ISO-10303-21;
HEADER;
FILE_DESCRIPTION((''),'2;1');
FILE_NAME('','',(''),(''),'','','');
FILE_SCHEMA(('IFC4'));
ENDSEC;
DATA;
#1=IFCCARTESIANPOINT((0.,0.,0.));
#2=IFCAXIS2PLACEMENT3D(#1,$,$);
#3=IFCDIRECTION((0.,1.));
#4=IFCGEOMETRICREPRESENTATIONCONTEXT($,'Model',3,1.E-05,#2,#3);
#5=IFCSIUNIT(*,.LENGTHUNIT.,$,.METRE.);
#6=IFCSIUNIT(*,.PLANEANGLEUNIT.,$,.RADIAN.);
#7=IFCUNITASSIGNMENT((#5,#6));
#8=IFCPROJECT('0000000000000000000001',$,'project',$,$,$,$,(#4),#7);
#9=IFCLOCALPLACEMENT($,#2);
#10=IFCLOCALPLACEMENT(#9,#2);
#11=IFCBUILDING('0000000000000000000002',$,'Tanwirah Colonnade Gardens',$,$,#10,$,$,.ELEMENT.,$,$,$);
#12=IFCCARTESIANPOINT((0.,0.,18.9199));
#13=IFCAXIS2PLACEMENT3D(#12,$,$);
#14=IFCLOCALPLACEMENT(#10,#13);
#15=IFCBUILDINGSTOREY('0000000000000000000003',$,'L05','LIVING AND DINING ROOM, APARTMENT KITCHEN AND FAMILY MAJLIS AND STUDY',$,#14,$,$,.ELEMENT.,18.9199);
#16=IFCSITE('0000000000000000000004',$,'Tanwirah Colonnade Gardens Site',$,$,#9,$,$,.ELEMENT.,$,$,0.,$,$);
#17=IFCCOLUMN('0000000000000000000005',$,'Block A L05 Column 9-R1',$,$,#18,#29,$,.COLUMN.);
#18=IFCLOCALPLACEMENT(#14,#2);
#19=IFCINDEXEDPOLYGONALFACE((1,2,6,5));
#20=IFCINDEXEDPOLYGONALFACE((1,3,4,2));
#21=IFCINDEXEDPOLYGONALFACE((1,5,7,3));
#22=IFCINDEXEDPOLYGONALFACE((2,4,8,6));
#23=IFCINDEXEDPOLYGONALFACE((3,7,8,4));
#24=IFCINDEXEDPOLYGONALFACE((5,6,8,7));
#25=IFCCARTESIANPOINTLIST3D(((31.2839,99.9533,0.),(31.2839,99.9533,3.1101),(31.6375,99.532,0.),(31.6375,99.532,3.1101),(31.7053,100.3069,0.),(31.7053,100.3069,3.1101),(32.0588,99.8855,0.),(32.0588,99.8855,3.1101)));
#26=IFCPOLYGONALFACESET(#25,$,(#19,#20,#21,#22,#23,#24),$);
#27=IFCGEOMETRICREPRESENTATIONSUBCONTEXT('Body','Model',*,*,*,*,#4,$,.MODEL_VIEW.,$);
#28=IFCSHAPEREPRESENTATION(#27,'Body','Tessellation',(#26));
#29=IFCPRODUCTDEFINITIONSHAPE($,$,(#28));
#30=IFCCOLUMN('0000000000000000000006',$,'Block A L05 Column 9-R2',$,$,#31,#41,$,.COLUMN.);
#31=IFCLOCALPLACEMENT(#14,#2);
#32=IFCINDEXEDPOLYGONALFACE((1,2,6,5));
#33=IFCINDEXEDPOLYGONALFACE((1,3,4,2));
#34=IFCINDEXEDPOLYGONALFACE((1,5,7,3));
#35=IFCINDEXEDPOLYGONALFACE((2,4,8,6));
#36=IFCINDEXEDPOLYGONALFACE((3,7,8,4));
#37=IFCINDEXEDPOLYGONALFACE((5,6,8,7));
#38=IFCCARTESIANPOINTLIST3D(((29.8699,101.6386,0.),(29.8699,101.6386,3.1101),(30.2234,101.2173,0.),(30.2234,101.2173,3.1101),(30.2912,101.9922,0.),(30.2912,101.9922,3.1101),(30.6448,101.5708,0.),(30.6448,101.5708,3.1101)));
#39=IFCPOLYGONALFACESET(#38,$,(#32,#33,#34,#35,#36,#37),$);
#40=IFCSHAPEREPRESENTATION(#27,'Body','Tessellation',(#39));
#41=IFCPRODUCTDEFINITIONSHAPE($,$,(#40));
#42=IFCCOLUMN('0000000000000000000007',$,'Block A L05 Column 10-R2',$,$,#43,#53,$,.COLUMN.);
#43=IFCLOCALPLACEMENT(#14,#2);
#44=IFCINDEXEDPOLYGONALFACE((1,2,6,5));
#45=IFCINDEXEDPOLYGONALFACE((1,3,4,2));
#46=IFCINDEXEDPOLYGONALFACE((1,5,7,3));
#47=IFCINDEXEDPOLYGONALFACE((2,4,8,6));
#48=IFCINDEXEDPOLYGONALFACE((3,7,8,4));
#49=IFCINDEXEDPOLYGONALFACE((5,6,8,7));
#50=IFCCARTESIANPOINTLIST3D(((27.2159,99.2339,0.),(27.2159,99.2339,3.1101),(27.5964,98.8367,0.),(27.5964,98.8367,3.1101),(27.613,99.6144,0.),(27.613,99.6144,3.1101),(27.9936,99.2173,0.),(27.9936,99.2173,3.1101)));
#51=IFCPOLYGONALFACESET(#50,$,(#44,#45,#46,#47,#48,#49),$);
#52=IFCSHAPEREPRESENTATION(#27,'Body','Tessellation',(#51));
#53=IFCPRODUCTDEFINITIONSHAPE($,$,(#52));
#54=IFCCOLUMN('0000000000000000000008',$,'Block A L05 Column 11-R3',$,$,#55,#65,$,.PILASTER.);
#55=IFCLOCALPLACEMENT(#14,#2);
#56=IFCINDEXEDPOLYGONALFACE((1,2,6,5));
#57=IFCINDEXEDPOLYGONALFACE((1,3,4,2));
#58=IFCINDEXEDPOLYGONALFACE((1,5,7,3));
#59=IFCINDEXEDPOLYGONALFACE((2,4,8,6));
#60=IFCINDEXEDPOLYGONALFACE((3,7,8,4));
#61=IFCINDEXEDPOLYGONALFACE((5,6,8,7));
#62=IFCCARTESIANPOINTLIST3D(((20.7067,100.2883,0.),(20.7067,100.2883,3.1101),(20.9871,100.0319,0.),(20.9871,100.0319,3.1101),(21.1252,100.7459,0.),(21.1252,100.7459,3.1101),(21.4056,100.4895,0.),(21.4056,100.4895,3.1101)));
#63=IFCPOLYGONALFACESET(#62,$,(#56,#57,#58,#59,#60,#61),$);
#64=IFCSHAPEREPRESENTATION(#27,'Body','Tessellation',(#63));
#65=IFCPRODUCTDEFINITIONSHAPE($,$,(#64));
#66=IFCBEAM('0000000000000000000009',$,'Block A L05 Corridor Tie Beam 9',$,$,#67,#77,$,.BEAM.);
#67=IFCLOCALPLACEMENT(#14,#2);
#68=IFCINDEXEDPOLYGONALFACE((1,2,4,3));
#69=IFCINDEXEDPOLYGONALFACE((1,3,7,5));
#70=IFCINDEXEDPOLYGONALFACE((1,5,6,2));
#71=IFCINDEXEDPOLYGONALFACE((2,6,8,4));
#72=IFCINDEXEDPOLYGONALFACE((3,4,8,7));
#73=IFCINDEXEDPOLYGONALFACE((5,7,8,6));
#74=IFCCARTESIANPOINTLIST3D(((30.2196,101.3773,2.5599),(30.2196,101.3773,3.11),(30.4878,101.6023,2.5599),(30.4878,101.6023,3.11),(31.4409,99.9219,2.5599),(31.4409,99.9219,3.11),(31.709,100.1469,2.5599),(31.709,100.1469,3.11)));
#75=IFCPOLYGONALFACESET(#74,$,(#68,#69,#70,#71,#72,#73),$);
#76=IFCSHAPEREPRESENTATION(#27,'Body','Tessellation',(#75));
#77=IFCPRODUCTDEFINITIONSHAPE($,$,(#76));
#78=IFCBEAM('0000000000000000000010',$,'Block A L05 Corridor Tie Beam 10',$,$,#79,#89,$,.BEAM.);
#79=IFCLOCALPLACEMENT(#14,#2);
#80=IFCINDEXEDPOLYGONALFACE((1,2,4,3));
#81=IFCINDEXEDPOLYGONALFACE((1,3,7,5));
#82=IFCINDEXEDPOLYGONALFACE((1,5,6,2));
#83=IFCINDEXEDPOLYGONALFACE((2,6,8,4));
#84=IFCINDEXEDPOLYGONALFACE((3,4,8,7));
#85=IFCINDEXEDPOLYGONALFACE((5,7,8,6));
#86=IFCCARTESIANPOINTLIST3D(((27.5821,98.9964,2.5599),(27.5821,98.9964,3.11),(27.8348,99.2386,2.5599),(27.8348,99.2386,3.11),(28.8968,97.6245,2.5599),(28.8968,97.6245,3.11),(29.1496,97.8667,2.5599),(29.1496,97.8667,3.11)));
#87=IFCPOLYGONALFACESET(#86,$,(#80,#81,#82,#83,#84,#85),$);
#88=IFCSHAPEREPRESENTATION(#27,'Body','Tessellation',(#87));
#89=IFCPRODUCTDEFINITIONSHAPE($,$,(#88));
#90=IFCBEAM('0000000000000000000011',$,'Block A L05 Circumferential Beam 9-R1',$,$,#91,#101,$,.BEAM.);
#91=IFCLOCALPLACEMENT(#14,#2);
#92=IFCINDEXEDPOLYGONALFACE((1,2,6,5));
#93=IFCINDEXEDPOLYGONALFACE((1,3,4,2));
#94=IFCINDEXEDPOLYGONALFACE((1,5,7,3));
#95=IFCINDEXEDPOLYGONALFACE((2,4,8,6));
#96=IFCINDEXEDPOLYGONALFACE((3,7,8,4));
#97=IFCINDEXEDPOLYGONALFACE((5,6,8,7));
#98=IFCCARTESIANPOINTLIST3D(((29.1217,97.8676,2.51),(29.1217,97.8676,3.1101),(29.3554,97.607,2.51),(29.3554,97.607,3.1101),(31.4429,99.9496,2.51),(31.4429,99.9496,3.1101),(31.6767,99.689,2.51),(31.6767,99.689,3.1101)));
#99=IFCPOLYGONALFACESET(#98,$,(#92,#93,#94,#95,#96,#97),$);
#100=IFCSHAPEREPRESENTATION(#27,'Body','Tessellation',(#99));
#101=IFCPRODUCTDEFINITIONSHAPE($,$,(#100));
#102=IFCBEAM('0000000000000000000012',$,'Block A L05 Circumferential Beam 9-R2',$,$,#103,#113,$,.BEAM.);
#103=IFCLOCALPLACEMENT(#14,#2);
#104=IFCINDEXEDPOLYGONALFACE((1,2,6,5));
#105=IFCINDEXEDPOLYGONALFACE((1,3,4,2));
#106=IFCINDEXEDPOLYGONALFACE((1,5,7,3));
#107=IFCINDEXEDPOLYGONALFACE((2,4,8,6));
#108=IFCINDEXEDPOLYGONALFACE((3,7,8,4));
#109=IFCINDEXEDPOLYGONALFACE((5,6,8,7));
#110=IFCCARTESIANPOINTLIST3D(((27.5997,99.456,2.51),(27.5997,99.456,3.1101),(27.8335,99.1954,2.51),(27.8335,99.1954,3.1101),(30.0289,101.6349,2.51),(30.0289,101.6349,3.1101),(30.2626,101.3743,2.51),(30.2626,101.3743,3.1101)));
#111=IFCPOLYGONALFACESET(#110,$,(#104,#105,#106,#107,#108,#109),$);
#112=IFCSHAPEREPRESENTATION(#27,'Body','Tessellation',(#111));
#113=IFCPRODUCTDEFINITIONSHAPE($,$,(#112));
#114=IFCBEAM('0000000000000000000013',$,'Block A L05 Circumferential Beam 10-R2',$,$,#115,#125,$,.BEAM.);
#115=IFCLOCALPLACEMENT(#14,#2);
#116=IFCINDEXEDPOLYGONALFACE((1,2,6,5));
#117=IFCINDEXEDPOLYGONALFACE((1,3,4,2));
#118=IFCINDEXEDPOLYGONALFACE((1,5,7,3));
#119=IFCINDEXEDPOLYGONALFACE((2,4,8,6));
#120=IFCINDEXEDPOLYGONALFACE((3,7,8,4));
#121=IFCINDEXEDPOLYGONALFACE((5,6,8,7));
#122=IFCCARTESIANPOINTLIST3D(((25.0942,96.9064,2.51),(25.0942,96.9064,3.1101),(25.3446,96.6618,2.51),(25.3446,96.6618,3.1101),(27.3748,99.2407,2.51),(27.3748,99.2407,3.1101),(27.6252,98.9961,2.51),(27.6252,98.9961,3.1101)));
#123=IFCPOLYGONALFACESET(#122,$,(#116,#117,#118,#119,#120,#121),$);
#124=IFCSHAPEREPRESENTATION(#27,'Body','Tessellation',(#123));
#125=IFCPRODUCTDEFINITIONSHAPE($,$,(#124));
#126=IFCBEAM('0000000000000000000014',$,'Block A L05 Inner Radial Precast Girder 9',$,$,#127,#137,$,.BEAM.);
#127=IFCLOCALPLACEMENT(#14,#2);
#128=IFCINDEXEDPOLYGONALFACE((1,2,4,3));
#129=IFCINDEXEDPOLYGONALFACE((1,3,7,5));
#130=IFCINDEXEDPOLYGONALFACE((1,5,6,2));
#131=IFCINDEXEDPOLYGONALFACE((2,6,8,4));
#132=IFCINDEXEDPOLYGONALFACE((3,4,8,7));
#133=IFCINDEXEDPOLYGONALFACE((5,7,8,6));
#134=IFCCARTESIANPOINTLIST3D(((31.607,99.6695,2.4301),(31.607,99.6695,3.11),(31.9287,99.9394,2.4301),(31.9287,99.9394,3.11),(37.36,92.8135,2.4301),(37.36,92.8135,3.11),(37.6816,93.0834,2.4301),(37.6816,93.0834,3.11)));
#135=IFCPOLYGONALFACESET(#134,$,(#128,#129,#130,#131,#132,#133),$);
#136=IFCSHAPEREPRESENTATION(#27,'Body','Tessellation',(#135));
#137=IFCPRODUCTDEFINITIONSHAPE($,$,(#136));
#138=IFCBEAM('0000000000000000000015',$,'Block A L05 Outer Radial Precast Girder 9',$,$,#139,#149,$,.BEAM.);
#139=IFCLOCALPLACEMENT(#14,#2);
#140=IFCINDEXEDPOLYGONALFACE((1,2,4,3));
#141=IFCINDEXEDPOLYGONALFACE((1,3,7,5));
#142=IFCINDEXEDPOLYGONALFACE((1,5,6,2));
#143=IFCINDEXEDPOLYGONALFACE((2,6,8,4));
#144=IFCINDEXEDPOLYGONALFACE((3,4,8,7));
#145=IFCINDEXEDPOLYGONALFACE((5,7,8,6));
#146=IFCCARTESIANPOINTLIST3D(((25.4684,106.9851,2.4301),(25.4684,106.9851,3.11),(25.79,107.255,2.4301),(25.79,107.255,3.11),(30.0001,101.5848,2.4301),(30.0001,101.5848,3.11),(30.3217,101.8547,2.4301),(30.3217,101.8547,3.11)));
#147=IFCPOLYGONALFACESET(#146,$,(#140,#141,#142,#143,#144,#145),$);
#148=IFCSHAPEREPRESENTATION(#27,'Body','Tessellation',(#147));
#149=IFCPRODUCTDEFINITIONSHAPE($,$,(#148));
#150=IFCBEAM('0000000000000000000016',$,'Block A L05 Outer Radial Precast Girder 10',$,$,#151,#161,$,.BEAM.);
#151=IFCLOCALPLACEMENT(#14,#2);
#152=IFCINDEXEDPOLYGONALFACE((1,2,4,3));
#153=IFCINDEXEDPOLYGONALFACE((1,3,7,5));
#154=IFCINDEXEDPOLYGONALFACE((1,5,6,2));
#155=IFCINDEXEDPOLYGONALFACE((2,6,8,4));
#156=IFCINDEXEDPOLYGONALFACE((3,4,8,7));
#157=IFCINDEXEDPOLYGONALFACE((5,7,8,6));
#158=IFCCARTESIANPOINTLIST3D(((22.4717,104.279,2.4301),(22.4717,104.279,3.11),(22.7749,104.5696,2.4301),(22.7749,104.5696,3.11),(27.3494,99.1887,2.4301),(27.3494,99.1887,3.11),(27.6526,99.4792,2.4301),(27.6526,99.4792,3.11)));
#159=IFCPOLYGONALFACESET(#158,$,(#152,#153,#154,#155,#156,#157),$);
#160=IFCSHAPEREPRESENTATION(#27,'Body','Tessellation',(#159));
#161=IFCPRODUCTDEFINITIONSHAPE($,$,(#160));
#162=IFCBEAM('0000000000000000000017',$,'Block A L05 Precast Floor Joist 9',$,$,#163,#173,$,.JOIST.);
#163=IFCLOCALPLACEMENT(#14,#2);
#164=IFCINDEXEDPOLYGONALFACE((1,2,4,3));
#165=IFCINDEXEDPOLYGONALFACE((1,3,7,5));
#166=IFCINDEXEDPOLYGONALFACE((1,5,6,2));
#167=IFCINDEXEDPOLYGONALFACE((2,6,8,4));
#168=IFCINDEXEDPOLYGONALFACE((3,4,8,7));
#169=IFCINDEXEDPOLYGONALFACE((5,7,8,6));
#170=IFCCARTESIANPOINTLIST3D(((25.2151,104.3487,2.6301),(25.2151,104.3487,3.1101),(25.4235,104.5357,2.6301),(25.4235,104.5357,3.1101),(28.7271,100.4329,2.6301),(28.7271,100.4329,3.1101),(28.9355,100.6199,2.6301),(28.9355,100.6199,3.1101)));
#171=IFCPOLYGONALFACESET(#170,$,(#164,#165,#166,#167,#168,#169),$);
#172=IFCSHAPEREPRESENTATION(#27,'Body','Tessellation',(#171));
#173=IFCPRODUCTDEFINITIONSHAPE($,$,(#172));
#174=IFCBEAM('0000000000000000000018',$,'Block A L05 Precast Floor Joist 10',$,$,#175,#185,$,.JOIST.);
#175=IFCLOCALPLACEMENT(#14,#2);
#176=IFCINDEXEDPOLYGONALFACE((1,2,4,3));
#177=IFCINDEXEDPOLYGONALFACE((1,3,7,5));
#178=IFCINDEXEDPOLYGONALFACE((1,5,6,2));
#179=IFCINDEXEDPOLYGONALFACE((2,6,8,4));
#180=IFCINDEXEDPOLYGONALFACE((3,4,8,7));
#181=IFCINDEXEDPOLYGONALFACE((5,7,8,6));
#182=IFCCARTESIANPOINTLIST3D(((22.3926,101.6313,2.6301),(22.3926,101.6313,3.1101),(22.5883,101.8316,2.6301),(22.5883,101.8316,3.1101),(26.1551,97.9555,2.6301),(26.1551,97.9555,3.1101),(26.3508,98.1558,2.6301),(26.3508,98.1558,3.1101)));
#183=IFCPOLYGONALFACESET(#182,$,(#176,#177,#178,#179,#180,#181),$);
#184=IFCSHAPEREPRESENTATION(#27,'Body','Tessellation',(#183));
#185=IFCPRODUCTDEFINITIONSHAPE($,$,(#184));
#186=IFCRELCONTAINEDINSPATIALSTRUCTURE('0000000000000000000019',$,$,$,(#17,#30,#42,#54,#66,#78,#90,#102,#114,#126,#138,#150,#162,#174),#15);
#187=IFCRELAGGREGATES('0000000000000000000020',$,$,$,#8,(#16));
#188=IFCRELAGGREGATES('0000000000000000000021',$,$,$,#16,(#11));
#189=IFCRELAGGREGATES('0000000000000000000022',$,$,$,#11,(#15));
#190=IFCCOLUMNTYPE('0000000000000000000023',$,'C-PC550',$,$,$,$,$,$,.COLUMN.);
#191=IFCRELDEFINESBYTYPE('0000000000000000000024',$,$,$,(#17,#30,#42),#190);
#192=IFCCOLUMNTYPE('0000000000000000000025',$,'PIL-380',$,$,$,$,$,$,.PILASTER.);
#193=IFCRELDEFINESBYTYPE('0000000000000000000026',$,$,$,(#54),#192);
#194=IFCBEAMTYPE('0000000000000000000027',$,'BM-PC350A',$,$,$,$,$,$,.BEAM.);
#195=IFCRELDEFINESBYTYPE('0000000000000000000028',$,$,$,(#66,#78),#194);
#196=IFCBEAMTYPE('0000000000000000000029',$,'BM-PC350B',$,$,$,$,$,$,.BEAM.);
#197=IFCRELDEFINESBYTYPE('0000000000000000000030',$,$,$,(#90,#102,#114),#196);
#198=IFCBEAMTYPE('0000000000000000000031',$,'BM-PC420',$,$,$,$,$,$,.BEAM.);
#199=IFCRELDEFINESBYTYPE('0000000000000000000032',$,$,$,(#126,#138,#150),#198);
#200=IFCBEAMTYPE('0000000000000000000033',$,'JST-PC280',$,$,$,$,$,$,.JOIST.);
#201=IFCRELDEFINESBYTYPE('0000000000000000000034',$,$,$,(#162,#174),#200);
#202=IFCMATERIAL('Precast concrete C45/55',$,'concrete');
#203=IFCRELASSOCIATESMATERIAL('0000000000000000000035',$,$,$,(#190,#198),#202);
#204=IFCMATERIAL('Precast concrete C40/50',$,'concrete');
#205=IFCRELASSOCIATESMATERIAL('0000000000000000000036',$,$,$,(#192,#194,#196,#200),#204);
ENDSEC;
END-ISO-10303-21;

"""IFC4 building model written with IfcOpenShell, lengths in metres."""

from ifc_helpers import new_model, si_unit, direction, frame, origin, origin_2d, place, context, subcontext, project, spatial, rectangle, extrude, material, material_profile, profile_set, type_object, element, save


model = new_model("IFC4")

# Units and contexts
model_context = context("Model", 3, precision=1e-05, world=origin(), true_north=direction((0.0, 1.0)))
body_context = subcontext(model_context, "Body", "Model", "MODEL_VIEW")
ifc_project = project(units=[si_unit("LENGTHUNIT", "METRE"), si_unit("PLANEANGLEUNIT", "RADIAN")], contexts=[model_context])

# Site, building, storey
site_placement = place(None, origin())
site = spatial("IfcSite", under=ifc_project, at=site_placement, Name="Tanwirah Colonnade Gardens Site", CompositionType="ELEMENT", RefElevation=0.0)
building_placement = place(site_placement, origin())
building = spatial("IfcBuilding", under=site, at=building_placement, Name="Tanwirah Colonnade Gardens", CompositionType="ELEMENT")
storey_placement = place(building_placement, frame((0.0, 0.0, 18.9199)))
storey = spatial("IfcBuildingStorey", under=building, at=storey_placement, Name="L05", Description="LIVING AND DINING ROOM, APARTMENT KITCHEN AND FAMILY MAJLIS AND STUDY", CompositionType="ELEMENT", Elevation=18.9199)

# Columns
ifc_material_1 = material(Name="Precast concrete C45/55", Category="concrete")
ifc_material_profile_1 = material_profile(ifc_material_1, rectangle(XDim=0.55, YDim=0.55, at=origin_2d()), Name="PC-COL 550x550")
ifc_profile_set_1 = profile_set([ifc_material_profile_1], Name="Precast concrete C45/55")
column_type_1 = type_object("IfcColumnType", Name="C-PC550", PredefinedType="COLUMN", material=ifc_profile_set_1)
for number, where, z_axis, x_axis, name in (
    (1, (31.6714, 99.9194, 0.0), (0.0, 0.0, 1.0), (-0.642788, 0.766044, 0.0), "Block A L05 Column 9-R1"),
    (2, (30.2573, 101.6047, 0.0), (0.0, 0.0, 1.0), (-0.642788, 0.766044, 0.0), "Block A L05 Column 9-R2"),
    (3, (27.6047, 99.2256, 0.0), (0.0, 0.0, 1.0), (-0.691863, 0.722029, 0.0), "Block A L05 Column 10-R2"),
):
    element("IfcColumn", number, at=place(storey_placement, frame(where, z_axis=z_axis, x_axis=x_axis)), inside=storey, type_object=column_type_1, Name=name, PredefinedType="COLUMN", context=body_context, shape_type="SweptSolid", body=[
        extrude(rectangle(XDim=0.55, YDim=0.55, at=origin_2d()), origin(), (0.0, 0.0, 1.0), 3.1101),
    ])
ifc_material_2 = material(Name="Precast concrete C40/50", Category="concrete")
ifc_material_profile_2 = material_profile(ifc_material_2, rectangle(XDim=0.3799, YDim=0.6201, at=origin_2d()), Name="PC-PIL 380x620")
ifc_profile_set_2 = profile_set([ifc_material_profile_2], Name="Precast concrete C40/50")
column_type_2 = type_object("IfcColumnType", Name="PIL-380", PredefinedType="PILASTER", material=ifc_profile_set_2)
column_placement = place(storey_placement, frame((21.0562, 100.3889, 0.0), z_axis=(0.0, 0.0, 1.0), x_axis=(-0.737932, 0.674875, 0.0)))
element("IfcColumn", 4, at=column_placement, inside=storey, type_object=column_type_2, Name="Block A L05 Column 11-R3", PredefinedType="PILASTER", context=body_context, shape_type="SweptSolid", body=[
    extrude(rectangle(XDim=0.3799, YDim=0.6201, at=origin_2d()), origin(), (0.0, 0.0, 1.0), 3.1101),
])

# Beams
ifc_material_profile_3 = material_profile(ifc_material_2, rectangle(XDim=0.3501, YDim=0.55, at=origin_2d()), Name="PC-BM 350x550")
ifc_profile_set_3 = profile_set([ifc_material_profile_3], Name="Precast concrete C40/50")
beam_type_1 = type_object("IfcBeamType", Name="BM-PC350A", PredefinedType="BEAM", material=ifc_profile_set_3)
beam_1_placement = place(storey_placement, frame((31.575, 100.0344, 2.835), z_axis=(-0.642797, 0.766036, 0.0), x_axis=(-0.766036, -0.642797, 0.0)))
element("IfcBeam", 5, at=beam_1_placement, inside=storey, type_object=beam_type_1, Name="Block A L05 Corridor Tie Beam 9", PredefinedType="BEAM", context=body_context, shape_type="SweptSolid", body=[
    extrude(rectangle(XDim=0.3501, YDim=0.55, at=origin_2d()), origin(), (0.0, 0.0, 1.0), 1.8999),
])
beam_2_placement = place(storey_placement, frame((29.0232, 97.7456, 2.835), z_axis=(-0.691914, 0.72198, 0.0), x_axis=(-0.72198, -0.691914, 0.0)))
element("IfcBeam", 6, at=beam_2_placement, inside=storey, type_object=beam_type_1, Name="Block A L05 Corridor Tie Beam 10", PredefinedType="BEAM", context=body_context, shape_type="SweptSolid", body=[
    extrude(rectangle(XDim=0.3501, YDim=0.55, at=origin_2d()), origin(), (0.0, 0.0, 1.0), 1.9001),
])
ifc_material_profile_4 = material_profile(ifc_material_2, rectangle(XDim=0.3501, YDim=0.6001, at=origin_2d()), Name="PC-BM 350x600")
ifc_profile_set_4 = profile_set([ifc_material_profile_4], Name="Precast concrete C40/50")
beam_type_2 = type_object("IfcBeamType", Name="BM-PC350B", PredefinedType="BEAM", material=ifc_profile_set_4)
beam_3_placement = place(storey_placement, frame((31.5598, 99.8193, 2.8101), z_axis=(-0.74443, -0.667701, 0.0), x_axis=(0.667701, -0.74443, 0.0)))
element("IfcBeam", 7, at=beam_3_placement, inside=storey, type_object=beam_type_2, Name="Block A L05 Circumferential Beam 9-R1", PredefinedType="BEAM", context=body_context, shape_type="SweptSolid", body=[
    extrude(rectangle(XDim=0.3501, YDim=0.6001, at=origin_2d()), origin(), (0.0, 0.0, 1.0), 3.1182),
])
beam_4_placement = place(storey_placement, frame((30.1458, 101.5046, 2.8101), z_axis=(-0.744409, -0.667724, 0.0), x_axis=(0.667724, -0.744409, 0.0)))
element("IfcBeam", 8, at=beam_4_placement, inside=storey, type_object=beam_type_2, Name="Block A L05 Circumferential Beam 9-R2", PredefinedType="BEAM", context=body_context, shape_type="SweptSolid", body=[
    extrude(rectangle(XDim=0.3501, YDim=0.6001, at=origin_2d()), origin(), (0.0, 0.0, 1.0), 3.2632),
])
beam_5_placement = place(storey_placement, frame((27.5, 99.1184, 2.8101), z_axis=(-0.698829, -0.715288, 0.0), x_axis=(0.715288, -0.698829, 0.0)))
element("IfcBeam", 9, at=beam_5_placement, inside=storey, type_object=beam_type_2, Name="Block A L05 Circumferential Beam 10-R2", PredefinedType="BEAM", context=body_context, shape_type="SweptSolid", body=[
    extrude(rectangle(XDim=0.3501, YDim=0.6001, at=origin_2d()), origin(), (0.0, 0.0, 1.0), 3.2634),
])
ifc_material_profile_5 = material_profile(ifc_material_1, rectangle(XDim=0.4199, YDim=0.6799, at=origin_2d()), Name="PC-BM 420x680")
ifc_profile_set_5 = profile_set([ifc_material_profile_5], Name="Precast concrete C45/55")
beam_type_3 = type_object("IfcBeamType", Name="BM-PC420", PredefinedType="BEAM", material=ifc_profile_set_5)
beam_6_placement = place(storey_placement, frame((31.7678, 99.8044, 2.77), z_axis=(0.642794, -0.766039, 0.0), x_axis=(0.766039, 0.642794, 0.0)))
element("IfcBeam", 10, at=beam_6_placement, inside=storey, type_object=beam_type_3, Name="Block A L05 Inner Radial Precast Girder 9", PredefinedType="BEAM", context=body_context, shape_type="SweptSolid", body=[
    extrude(rectangle(XDim=0.4199, YDim=0.6799, at=origin_2d()), origin(), (0.0, 0.0, 1.0), 8.95),
])
beam_7_placement = place(storey_placement, frame((30.1609, 101.7197, 2.77), z_axis=(-0.64281, 0.766025, 0.0), x_axis=(-0.766025, -0.64281, 0.0)))
element("IfcBeam", 11, at=beam_7_placement, inside=storey, type_object=beam_type_3, Name="Block A L05 Outer Radial Precast Girder 9", PredefinedType="BEAM", context=body_context, shape_type="SweptSolid", body=[
    extrude(rectangle(XDim=0.4199, YDim=0.6799, at=origin_2d()), origin(), (0.0, 0.0, 1.0), 7.0498),
])
beam_8_placement = place(storey_placement, frame((27.501, 99.334, 2.77), z_axis=(-0.691865, 0.722027, 0.0), x_axis=(-0.722027, -0.691865, 0.0)))
element("IfcBeam", 12, at=beam_8_placement, inside=storey, type_object=beam_type_3, Name="Block A L05 Outer Radial Precast Girder 10", PredefinedType="BEAM", context=body_context, shape_type="SweptSolid", body=[
    extrude(rectangle(XDim=0.4199, YDim=0.6799, at=origin_2d()), origin(), (0.0, 0.0, 1.0), 7.05),
])
ifc_material_profile_6 = material_profile(ifc_material_2, rectangle(XDim=0.28, YDim=0.48, at=origin_2d()), Name="PC-JST 280x480")
ifc_profile_set_6 = profile_set([ifc_material_profile_6], Name="Precast concrete C40/50")
beam_type_4 = type_object("IfcBeamType", Name="JST-PC280", PredefinedType="JOIST", material=ifc_profile_set_6)
for number, where, z_axis, x_axis, name in (
    (13, (28.8313, 100.5264, 2.8701), (-0.667679, 0.744449, 0.0), (-0.744449, -0.667679, 0.0), "Block A L05 Precast Floor Joist 9"),
    (14, (26.2529, 98.0557, 2.8701), (-0.715297, 0.69882, 0.0), (-0.69882, -0.715297, 0.0), "Block A L05 Precast Floor Joist 10"),
):
    element("IfcBeam", number, at=place(storey_placement, frame(where, z_axis=z_axis, x_axis=x_axis)), inside=storey, type_object=beam_type_4, Name=name, PredefinedType="JOIST", context=body_context, shape_type="SweptSolid", body=[
        extrude(rectangle(XDim=0.28, YDim=0.48, at=origin_2d()), origin(), (0.0, 0.0, 1.0), 5.26),
    ])

save(model, "model.ifc")
